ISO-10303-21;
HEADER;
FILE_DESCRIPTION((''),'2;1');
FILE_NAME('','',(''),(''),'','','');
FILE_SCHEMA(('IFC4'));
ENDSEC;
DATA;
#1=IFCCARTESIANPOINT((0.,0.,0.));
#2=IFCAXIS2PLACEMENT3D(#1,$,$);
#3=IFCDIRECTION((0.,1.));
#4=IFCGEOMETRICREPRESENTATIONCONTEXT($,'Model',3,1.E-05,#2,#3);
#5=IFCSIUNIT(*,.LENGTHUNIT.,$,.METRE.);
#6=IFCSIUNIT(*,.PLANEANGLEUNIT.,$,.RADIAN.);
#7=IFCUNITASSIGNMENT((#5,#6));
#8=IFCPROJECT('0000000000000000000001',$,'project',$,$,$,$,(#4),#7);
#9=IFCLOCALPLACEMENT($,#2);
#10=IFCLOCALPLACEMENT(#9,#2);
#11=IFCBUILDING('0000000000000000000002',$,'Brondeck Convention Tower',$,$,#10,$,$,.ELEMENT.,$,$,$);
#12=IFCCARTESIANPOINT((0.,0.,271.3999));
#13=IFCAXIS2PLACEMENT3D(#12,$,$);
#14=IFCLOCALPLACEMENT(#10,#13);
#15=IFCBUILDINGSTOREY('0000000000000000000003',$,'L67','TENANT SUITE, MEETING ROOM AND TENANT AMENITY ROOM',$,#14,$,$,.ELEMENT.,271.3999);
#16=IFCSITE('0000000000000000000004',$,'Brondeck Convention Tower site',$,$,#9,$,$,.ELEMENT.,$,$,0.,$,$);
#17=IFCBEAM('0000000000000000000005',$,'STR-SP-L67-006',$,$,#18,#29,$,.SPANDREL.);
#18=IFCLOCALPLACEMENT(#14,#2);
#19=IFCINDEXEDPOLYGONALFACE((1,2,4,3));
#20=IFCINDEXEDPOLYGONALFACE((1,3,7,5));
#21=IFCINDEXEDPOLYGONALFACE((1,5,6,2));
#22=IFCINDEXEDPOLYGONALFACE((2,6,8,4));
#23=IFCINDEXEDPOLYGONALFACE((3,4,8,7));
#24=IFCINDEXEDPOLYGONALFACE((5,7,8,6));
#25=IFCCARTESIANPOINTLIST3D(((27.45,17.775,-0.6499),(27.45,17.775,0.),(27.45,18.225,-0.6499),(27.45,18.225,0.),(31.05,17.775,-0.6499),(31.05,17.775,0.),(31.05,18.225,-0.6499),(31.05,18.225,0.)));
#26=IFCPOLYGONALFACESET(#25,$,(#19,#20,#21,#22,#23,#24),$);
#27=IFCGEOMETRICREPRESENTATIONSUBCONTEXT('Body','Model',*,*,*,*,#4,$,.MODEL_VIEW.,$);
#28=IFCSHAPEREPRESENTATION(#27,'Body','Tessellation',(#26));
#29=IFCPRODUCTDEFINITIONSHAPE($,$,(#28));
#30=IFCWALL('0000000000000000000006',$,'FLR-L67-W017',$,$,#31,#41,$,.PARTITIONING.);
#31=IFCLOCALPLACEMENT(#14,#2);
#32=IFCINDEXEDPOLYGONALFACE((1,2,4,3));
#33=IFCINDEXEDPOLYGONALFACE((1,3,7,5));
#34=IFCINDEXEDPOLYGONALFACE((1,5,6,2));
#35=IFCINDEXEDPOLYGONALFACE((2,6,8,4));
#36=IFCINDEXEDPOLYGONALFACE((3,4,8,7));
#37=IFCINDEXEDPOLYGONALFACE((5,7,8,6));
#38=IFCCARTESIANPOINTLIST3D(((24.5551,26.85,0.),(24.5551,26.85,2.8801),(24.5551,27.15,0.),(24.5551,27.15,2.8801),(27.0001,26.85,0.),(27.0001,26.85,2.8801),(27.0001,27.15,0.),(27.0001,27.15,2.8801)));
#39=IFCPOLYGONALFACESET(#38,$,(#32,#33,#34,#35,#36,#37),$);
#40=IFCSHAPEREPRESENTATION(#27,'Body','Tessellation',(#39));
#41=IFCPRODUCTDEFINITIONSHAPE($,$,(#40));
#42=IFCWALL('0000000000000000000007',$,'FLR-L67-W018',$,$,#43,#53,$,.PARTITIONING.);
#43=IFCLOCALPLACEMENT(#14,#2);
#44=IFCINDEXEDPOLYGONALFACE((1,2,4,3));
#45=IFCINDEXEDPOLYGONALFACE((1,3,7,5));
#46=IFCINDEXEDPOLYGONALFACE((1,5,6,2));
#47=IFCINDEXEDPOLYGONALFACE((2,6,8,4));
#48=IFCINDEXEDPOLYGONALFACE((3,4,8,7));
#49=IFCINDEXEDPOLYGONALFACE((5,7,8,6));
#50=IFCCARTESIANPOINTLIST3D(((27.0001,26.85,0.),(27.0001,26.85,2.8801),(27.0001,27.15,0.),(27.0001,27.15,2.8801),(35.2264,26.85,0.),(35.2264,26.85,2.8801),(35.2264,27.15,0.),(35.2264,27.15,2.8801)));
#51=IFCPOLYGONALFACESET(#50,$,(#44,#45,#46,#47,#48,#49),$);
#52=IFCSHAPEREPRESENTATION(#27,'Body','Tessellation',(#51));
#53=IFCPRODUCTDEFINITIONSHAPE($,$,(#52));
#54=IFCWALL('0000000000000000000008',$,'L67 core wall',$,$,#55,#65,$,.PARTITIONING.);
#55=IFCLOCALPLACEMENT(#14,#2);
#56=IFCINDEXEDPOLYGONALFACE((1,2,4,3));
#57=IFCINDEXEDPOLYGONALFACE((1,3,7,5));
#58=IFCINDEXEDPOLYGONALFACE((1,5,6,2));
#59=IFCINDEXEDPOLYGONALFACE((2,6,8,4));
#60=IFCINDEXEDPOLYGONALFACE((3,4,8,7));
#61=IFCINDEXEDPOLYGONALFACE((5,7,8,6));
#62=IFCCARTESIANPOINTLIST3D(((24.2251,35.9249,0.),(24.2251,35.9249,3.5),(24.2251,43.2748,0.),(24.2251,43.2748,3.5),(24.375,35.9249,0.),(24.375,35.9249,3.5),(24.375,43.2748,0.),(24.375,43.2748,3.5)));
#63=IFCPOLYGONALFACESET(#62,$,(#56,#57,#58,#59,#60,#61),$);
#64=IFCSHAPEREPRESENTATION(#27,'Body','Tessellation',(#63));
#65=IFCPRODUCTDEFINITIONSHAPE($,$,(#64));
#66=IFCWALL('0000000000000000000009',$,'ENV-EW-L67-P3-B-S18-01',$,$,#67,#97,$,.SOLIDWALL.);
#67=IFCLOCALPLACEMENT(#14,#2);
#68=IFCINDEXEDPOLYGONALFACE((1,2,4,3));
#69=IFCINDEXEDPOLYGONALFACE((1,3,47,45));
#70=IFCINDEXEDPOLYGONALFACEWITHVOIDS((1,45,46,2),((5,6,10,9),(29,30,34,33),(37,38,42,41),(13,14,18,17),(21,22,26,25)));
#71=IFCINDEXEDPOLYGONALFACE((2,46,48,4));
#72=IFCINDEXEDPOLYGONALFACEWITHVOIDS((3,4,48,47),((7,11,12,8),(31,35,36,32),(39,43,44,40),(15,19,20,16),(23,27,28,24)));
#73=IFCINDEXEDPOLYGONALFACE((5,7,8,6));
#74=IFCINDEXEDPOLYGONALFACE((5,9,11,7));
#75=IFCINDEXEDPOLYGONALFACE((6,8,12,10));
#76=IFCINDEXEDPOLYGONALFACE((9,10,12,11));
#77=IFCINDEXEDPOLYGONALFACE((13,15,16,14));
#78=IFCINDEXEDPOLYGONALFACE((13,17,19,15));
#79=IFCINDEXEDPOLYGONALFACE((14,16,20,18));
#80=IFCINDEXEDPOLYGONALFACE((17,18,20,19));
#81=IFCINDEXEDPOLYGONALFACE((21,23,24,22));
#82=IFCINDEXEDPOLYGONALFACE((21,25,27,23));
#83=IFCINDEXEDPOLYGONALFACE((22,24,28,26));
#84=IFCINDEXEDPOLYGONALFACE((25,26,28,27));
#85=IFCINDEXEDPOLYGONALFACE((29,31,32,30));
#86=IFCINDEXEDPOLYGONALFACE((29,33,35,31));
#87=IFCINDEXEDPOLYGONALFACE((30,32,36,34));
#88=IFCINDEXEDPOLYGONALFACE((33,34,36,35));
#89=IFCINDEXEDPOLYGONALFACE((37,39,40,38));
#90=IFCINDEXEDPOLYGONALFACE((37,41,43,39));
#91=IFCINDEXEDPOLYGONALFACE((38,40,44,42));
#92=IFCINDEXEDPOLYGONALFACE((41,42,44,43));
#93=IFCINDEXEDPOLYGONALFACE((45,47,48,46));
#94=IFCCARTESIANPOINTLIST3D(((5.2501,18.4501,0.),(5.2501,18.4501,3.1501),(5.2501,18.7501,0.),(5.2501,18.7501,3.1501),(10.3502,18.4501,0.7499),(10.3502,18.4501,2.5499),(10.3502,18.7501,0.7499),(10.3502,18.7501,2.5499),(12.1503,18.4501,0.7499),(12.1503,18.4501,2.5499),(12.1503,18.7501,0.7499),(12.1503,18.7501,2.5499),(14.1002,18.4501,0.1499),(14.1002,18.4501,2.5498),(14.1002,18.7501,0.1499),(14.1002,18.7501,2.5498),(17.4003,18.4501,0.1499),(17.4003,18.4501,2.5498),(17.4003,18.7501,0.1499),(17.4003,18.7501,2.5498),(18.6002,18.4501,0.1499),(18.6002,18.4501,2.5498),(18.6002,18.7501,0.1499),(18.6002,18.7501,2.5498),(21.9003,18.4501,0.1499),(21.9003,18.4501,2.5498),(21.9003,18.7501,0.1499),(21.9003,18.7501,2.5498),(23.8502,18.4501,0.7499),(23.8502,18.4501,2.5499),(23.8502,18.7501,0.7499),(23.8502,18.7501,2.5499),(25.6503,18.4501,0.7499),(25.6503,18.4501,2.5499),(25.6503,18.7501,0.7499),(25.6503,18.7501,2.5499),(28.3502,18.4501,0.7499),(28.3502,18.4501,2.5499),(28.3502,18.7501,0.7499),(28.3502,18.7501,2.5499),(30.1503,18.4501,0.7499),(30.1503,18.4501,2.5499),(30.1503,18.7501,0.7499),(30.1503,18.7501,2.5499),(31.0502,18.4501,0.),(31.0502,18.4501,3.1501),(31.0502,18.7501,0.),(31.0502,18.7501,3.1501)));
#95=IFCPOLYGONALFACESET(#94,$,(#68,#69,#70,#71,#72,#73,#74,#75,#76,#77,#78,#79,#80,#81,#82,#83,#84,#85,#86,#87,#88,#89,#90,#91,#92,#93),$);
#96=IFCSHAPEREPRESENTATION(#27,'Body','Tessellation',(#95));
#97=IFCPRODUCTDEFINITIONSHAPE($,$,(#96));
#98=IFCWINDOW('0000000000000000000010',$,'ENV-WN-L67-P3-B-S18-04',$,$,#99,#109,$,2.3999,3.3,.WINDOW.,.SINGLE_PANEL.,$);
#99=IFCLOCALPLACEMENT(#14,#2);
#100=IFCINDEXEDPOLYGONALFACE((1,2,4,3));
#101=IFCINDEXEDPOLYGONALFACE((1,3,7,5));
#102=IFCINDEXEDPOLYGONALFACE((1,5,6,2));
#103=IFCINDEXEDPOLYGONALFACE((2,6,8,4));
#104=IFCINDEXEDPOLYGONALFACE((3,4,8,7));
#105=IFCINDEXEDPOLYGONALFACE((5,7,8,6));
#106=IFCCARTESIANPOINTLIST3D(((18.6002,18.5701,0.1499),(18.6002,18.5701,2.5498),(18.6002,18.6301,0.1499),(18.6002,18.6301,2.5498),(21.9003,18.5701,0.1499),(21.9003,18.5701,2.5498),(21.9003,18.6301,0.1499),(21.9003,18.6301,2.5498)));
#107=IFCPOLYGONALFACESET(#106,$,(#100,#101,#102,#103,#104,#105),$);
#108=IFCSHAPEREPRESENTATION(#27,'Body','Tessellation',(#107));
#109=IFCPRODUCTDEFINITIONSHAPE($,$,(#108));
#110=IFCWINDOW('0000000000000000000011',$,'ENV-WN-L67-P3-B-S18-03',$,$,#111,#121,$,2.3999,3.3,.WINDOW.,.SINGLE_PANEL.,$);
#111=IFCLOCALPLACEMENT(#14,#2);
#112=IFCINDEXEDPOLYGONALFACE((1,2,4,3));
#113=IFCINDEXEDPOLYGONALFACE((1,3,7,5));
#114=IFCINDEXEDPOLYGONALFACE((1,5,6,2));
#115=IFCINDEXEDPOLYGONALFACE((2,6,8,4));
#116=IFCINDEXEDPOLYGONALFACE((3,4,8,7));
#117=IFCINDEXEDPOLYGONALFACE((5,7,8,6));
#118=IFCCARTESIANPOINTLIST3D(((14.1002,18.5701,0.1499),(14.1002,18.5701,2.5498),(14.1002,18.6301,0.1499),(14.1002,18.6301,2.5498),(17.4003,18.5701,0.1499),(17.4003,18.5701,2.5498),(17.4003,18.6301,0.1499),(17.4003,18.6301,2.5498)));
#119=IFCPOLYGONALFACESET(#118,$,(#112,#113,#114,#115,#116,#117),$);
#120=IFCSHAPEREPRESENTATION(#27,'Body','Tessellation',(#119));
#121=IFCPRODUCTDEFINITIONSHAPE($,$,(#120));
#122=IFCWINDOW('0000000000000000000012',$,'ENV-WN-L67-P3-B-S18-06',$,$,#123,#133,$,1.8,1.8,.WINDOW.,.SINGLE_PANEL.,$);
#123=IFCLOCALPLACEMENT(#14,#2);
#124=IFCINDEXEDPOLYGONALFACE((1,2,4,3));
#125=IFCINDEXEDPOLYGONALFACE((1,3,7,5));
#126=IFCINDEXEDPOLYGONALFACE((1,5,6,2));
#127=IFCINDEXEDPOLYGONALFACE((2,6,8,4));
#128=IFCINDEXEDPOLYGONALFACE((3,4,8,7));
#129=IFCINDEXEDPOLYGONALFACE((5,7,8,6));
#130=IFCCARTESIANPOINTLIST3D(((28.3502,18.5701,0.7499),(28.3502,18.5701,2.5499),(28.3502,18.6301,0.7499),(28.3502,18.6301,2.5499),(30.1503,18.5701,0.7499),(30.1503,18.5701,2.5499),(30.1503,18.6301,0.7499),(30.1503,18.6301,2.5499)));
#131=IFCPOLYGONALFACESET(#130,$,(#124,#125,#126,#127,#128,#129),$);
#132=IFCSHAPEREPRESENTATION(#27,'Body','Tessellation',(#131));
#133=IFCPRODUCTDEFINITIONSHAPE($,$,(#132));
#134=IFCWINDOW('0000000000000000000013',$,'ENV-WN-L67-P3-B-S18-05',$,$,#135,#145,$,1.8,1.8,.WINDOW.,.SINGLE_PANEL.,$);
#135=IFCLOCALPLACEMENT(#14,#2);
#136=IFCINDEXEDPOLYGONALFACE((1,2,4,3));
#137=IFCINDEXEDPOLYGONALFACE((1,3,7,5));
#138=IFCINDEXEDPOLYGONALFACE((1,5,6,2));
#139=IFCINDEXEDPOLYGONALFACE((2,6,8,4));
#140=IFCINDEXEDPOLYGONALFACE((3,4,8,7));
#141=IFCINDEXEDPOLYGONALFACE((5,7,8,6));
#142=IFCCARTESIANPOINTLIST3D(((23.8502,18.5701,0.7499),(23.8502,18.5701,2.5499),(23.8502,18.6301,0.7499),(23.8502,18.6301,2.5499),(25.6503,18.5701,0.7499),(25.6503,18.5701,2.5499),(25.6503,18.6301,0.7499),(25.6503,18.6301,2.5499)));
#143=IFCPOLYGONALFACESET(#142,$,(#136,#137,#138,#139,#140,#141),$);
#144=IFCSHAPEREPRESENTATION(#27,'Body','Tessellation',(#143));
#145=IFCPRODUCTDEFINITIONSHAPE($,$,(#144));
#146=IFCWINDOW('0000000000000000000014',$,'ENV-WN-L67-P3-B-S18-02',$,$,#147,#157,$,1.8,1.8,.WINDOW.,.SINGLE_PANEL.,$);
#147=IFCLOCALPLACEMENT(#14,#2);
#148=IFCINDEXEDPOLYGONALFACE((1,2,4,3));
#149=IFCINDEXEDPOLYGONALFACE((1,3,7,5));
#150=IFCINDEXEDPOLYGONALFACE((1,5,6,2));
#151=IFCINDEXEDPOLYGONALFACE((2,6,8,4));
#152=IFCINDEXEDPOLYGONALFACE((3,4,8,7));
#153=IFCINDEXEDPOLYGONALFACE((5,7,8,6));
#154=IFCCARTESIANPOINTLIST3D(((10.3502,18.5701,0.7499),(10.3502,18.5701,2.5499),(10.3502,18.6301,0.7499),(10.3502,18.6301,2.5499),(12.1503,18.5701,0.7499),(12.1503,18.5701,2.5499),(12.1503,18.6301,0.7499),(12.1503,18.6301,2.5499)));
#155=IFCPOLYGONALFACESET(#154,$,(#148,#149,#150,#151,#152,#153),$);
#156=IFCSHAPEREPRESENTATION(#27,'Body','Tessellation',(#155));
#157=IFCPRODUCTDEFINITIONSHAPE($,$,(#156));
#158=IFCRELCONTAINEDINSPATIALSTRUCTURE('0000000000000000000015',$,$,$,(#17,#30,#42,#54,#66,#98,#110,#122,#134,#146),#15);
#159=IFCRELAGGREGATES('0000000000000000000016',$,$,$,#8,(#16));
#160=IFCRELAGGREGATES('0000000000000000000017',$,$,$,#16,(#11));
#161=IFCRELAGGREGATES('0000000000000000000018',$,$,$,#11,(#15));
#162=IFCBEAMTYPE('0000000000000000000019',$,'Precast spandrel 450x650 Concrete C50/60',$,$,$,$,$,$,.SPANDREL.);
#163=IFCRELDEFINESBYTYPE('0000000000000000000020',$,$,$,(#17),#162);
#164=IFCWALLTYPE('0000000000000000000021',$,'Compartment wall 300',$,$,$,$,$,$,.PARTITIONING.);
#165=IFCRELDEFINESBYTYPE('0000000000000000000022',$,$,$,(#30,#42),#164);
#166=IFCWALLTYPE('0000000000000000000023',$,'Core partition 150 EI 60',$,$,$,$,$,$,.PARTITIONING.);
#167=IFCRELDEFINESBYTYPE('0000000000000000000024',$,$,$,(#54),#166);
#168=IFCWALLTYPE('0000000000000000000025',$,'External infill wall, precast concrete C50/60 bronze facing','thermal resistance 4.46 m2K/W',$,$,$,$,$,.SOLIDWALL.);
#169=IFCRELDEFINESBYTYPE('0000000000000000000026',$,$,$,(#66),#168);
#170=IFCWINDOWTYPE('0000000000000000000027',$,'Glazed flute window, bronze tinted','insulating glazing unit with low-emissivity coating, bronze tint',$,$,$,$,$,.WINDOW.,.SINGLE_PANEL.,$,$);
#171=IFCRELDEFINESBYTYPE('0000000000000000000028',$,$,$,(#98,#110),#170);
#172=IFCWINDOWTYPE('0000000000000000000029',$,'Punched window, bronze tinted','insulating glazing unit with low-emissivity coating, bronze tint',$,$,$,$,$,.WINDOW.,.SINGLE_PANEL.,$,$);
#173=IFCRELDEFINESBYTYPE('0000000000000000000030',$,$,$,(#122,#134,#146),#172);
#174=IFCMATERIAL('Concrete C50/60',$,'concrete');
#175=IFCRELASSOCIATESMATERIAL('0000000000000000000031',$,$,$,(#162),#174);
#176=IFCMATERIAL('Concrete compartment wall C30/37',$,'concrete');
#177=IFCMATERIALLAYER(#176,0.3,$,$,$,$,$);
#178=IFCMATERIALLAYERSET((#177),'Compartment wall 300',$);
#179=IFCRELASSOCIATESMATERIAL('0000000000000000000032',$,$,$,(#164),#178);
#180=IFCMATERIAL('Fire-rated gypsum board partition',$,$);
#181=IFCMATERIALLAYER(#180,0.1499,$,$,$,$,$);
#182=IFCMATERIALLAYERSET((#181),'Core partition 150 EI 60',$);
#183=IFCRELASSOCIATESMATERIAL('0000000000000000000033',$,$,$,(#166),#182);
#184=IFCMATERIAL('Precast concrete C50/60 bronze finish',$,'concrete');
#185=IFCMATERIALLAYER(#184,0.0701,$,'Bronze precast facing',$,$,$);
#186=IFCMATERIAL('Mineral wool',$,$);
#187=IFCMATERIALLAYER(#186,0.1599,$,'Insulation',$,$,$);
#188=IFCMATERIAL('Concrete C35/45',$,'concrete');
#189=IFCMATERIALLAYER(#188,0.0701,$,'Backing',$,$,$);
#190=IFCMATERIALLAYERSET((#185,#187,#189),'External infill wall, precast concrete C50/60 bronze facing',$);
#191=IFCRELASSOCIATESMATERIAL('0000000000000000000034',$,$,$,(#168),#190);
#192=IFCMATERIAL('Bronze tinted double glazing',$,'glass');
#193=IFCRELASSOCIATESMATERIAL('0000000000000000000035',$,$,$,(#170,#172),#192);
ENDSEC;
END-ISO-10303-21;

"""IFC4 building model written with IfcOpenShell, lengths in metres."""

from ifc_helpers import new_model, si_unit, direction, frame, frame_2d, origin, origin_2d, place, context, subcontext, project, spatial, rectangle, extrude, material, layer, layer_set, material_profile, profile_set, type_object, element, fill, save


model = new_model("IFC4")

# Units and contexts
model_context = context("Model", 3, precision=1e-05, world=origin(), true_north=direction((0.0, 1.0)))
body_context = subcontext(model_context, "Body", "Model", "MODEL_VIEW")
ifc_project = project(units=[si_unit("LENGTHUNIT", "METRE"), si_unit("PLANEANGLEUNIT", "RADIAN")], contexts=[model_context])

# Site, building, storey
site_placement = place(None, origin())
site = spatial("IfcSite", under=ifc_project, at=site_placement, Name="Brondeck Convention Tower site", CompositionType="ELEMENT", RefElevation=0.0)
building_placement = place(site_placement, origin())
building = spatial("IfcBuilding", under=site, at=building_placement, Name="Brondeck Convention Tower", CompositionType="ELEMENT")
storey_placement = place(building_placement, frame((0.0, 0.0, 271.3999)))
storey = spatial("IfcBuildingStorey", under=building, at=storey_placement, Name="L67", Description="TENANT SUITE, MEETING ROOM AND TENANT AMENITY ROOM", CompositionType="ELEMENT", Elevation=271.3999)

# Shared definitions
ifc_material_1 = material(Name="Concrete C50/60", Category="concrete")

# Beam
ifc_material_profile_1 = material_profile(ifc_material_1, rectangle(XDim=0.45, YDim=0.6499, at=origin_2d()), Name="Precast spandrel 450x650 Concrete C50/60")
ifc_profile_set_1 = profile_set([ifc_material_profile_1], Name="Concrete C50/60")
beam_type_1 = type_object("IfcBeamType", Name="Precast spandrel 450x650 Concrete C50/60", PredefinedType="SPANDREL", material=ifc_profile_set_1)
for number, where, z_axis, x_axis, name in (
    (1, (27.45, 18.0, -0.325), (1.0, 0.0, 0.0), (0.0, 1.0, 0.0), "STR-SP-L67-006"),
):
    element("IfcBeam", number, at=place(storey_placement, frame(where, z_axis=z_axis, x_axis=x_axis)), inside=storey, type_object=beam_type_1, Name=name, PredefinedType="SPANDREL", context=body_context, shape_type="SweptSolid", body=[
        extrude(rectangle(XDim=0.45, YDim=0.6499, at=origin_2d()), origin(), (0.0, 0.0, 1.0), 3.6001),
    ])

# Walls
ifc_material_2 = material(Name="Concrete compartment wall C30/37", Category="concrete")
ifc_layer_1 = layer(ifc_material_2, 0.3)
ifc_layer_set_1 = layer_set([ifc_layer_1], Name="Compartment wall 300")
wall_type_1 = type_object("IfcWallType", Name="Compartment wall 300", PredefinedType="PARTITIONING", material=ifc_layer_set_1)
wall_1_placement = place(storey_placement, frame((24.5549, 27.0, 0.0), z_axis=(0.0, 0.0, 1.0), x_axis=(1.0, 0.0, 0.0)))
element("IfcWall", 2, at=wall_1_placement, inside=storey, type_object=wall_type_1, Name="FLR-L67-W017", PredefinedType="PARTITIONING", context=body_context, shape_type="SweptSolid", body=[
    extrude(rectangle(XDim=2.4451, YDim=0.3, at=frame_2d((1.2227, 0.0))), origin(), (0.0, 0.0, 1.0), 2.8801),
])
wall_2_placement = place(storey_placement, frame((27.0, 27.0, 0.0), z_axis=(0.0, 0.0, 1.0), x_axis=(1.0, 0.0, 0.0)))
element("IfcWall", 3, at=wall_2_placement, inside=storey, type_object=wall_type_1, Name="FLR-L67-W018", PredefinedType="PARTITIONING", context=body_context, shape_type="SweptSolid", body=[
    extrude(rectangle(XDim=8.2263, YDim=0.3, at=frame_2d((4.1133, 0.0))), origin(), (0.0, 0.0, 1.0), 2.8801),
])
ifc_material_3 = material(Name="Fire-rated gypsum board partition")
ifc_layer_2 = layer(ifc_material_3, 0.1499)
ifc_layer_set_2 = layer_set([ifc_layer_2], Name="Core partition 150 EI 60")
wall_type_2 = type_object("IfcWallType", Name="Core partition 150 EI 60", PredefinedType="PARTITIONING", material=ifc_layer_set_2)
wall_3_placement = place(storey_placement, frame((24.3, 35.925, 0.0), z_axis=(0.0, 0.0, 1.0), x_axis=(0.0, 1.0, 0.0)))
element("IfcWall", 4, at=wall_3_placement, inside=storey, type_object=wall_type_2, Name="L67 core wall", PredefinedType="PARTITIONING", context=body_context, shape_type="SweptSolid", body=[
    extrude(rectangle(XDim=7.3499, YDim=0.1499, at=frame_2d((3.6748, 0.0))), origin(), (0.0, 0.0, 1.0), 3.5),
])

# Wall, openings, windows
ifc_material_4 = material(Name="Precast concrete C50/60 bronze finish", Category="concrete")
ifc_layer_3 = layer(ifc_material_4, 0.0701, Name="Bronze precast facing")
ifc_material_5 = material(Name="Mineral wool")
ifc_layer_4 = layer(ifc_material_5, 0.1599, Name="Insulation")
ifc_material_6 = material(Name="Concrete C35/45", Category="concrete")
ifc_layer_5 = layer(ifc_material_6, 0.0701, Name="Backing")
ifc_layer_set_3 = layer_set([ifc_layer_3, ifc_layer_4, ifc_layer_5], Name="External infill wall, precast concrete C50/60 bronze facing")
wall_type_3 = type_object("IfcWallType", Name="External infill wall, precast concrete C50/60 bronze facing", Description="thermal resistance 4.46 m2K/W", PredefinedType="SOLIDWALL", material=ifc_layer_set_3)
wall_4_placement = place(storey_placement, frame((31.05, 18.6001, 0.0), z_axis=(0.0, 0.0, 1.0), x_axis=(-1.0, 0.0, 0.0)))
wall_4 = element("IfcWall", 5, at=wall_4_placement, inside=storey, type_object=wall_type_3, Name="ENV-EW-L67-P3-B-S18-01", PredefinedType="SOLIDWALL", context=body_context, shape_type="SweptSolid", body=[
    extrude(rectangle(XDim=25.8, YDim=0.3, at=frame_2d((12.8999, 0.0))), origin(), (0.0, 0.0, 1.0), 3.1501),
])
opening_1_placement = place(wall_4_placement, frame((0.8999, 0.0, 0.75)))
opening_1 = element("IfcOpeningElement", 6, at=opening_1_placement, cuts=wall_4, PredefinedType="OPENING", context=body_context, shape_type="SweptSolid", body=[
    extrude(rectangle(XDim=1.8, YDim=1.8, at=frame_2d((0.8999, 0.8999))), frame((0.0, 0.1599, 0.0), z_axis=(0.0, -1.0, 0.0), x_axis=(1.0, 0.0, 0.0)), (0.0, 0.0, 1.0), 0.3201),
])
opening_2_placement = place(wall_4_placement, frame((5.3999, 0.0, 0.75)))
opening_2 = element("IfcOpeningElement", 7, at=opening_2_placement, cuts=wall_4, PredefinedType="OPENING", context=body_context, shape_type="SweptSolid", body=[
    extrude(rectangle(XDim=1.8, YDim=1.8, at=frame_2d((0.8999, 0.8999))), frame((0.0, 0.1599, 0.0), z_axis=(0.0, -1.0, 0.0), x_axis=(1.0, 0.0, 0.0)), (0.0, 0.0, 1.0), 0.3201),
])
opening_3_placement = place(wall_4_placement, frame((9.1499, 0.0, 0.1499)))
opening_3 = element("IfcOpeningElement", 8, at=opening_3_placement, cuts=wall_4, PredefinedType="OPENING", context=body_context, shape_type="SweptSolid", body=[
    extrude(rectangle(XDim=3.3, YDim=2.3999, at=frame_2d((1.6499, 1.2))), frame((0.0, 0.1599, 0.0), z_axis=(0.0, -1.0, 0.0), x_axis=(1.0, 0.0, 0.0)), (0.0, 0.0, 1.0), 0.3201),
])
opening_4_placement = place(wall_4_placement, frame((13.6499, 0.0, 0.1499)))
opening_4 = element("IfcOpeningElement", 9, at=opening_4_placement, cuts=wall_4, PredefinedType="OPENING", context=body_context, shape_type="SweptSolid", body=[
    extrude(rectangle(XDim=3.3, YDim=2.3999, at=frame_2d((1.6499, 1.2))), frame((0.0, 0.1599, 0.0), z_axis=(0.0, -1.0, 0.0), x_axis=(1.0, 0.0, 0.0)), (0.0, 0.0, 1.0), 0.3201),
])
opening_5_placement = place(wall_4_placement, frame((18.8999, 0.0, 0.75)))
opening_5 = element("IfcOpeningElement", 10, at=opening_5_placement, cuts=wall_4, PredefinedType="OPENING", context=body_context, shape_type="SweptSolid", body=[
    extrude(rectangle(XDim=1.8, YDim=1.8, at=frame_2d((0.8999, 0.8999))), frame((0.0, 0.1599, 0.0), z_axis=(0.0, -1.0, 0.0), x_axis=(1.0, 0.0, 0.0)), (0.0, 0.0, 1.0), 0.3201),
])
ifc_material_7 = material(Name="Bronze tinted double glazing", Category="glass")
window_type_1 = type_object("IfcWindowType", Name="Glazed flute window, bronze tinted", Description="insulating glazing unit with low-emissivity coating, bronze tint", PartitioningType="SINGLE_PANEL", PredefinedType="WINDOW", material=ifc_material_7)
window_1_placement = place(opening_3_placement, origin())
window_1 = element("IfcWindow", 11, at=window_1_placement, inside=storey, type_object=window_type_1, Name="ENV-WN-L67-P3-B-S18-04", OverallHeight=2.3999, OverallWidth=3.3, PartitioningType="SINGLE_PANEL", PredefinedType="WINDOW", context=body_context, shape_type="SweptSolid", body=[
    extrude(rectangle(XDim=3.3, YDim=2.3999, at=frame_2d((1.6499, 1.2))), frame((0.0, 0.03, 0.0), z_axis=(0.0, -1.0, 0.0), x_axis=(1.0, 0.0, 0.0)), (0.0, 0.0, 1.0), 0.0601),
])
fill(opening_3, window_1)
window_2_placement = place(opening_4_placement, origin())
window_2 = element("IfcWindow", 12, at=window_2_placement, inside=storey, type_object=window_type_1, Name="ENV-WN-L67-P3-B-S18-03", OverallHeight=2.3999, OverallWidth=3.3, PartitioningType="SINGLE_PANEL", PredefinedType="WINDOW", context=body_context, shape_type="SweptSolid", body=[
    extrude(rectangle(XDim=3.3, YDim=2.3999, at=frame_2d((1.6499, 1.2))), frame((0.0, 0.03, 0.0), z_axis=(0.0, -1.0, 0.0), x_axis=(1.0, 0.0, 0.0)), (0.0, 0.0, 1.0), 0.0601),
])
fill(opening_4, window_2)
window_type_2 = type_object("IfcWindowType", Name="Punched window, bronze tinted", Description="insulating glazing unit with low-emissivity coating, bronze tint", PartitioningType="SINGLE_PANEL", PredefinedType="WINDOW", material=ifc_material_7)
window_3_placement = place(opening_1_placement, origin())
window_3 = element("IfcWindow", 13, at=window_3_placement, inside=storey, type_object=window_type_2, Name="ENV-WN-L67-P3-B-S18-06", OverallHeight=1.8, OverallWidth=1.8, PartitioningType="SINGLE_PANEL", PredefinedType="WINDOW", context=body_context, shape_type="SweptSolid", body=[
    extrude(rectangle(XDim=1.8, YDim=1.8, at=frame_2d((0.8999, 0.8999))), frame((0.0, 0.03, 0.0), z_axis=(0.0, -1.0, 0.0), x_axis=(1.0, 0.0, 0.0)), (0.0, 0.0, 1.0), 0.0601),
])
fill(opening_1, window_3)
window_4_placement = place(opening_2_placement, origin())
window_4 = element("IfcWindow", 14, at=window_4_placement, inside=storey, type_object=window_type_2, Name="ENV-WN-L67-P3-B-S18-05", OverallHeight=1.8, OverallWidth=1.8, PartitioningType="SINGLE_PANEL", PredefinedType="WINDOW", context=body_context, shape_type="SweptSolid", body=[
    extrude(rectangle(XDim=1.8, YDim=1.8, at=frame_2d((0.8999, 0.8999))), frame((0.0, 0.03, 0.0), z_axis=(0.0, -1.0, 0.0), x_axis=(1.0, 0.0, 0.0)), (0.0, 0.0, 1.0), 0.0601),
])
fill(opening_2, window_4)
window_5_placement = place(opening_5_placement, origin())
window_5 = element("IfcWindow", 15, at=window_5_placement, inside=storey, type_object=window_type_2, Name="ENV-WN-L67-P3-B-S18-02", OverallHeight=1.8, OverallWidth=1.8, PartitioningType="SINGLE_PANEL", PredefinedType="WINDOW", context=body_context, shape_type="SweptSolid", body=[
    extrude(rectangle(XDim=1.8, YDim=1.8, at=frame_2d((0.8999, 0.8999))), frame((0.0, 0.03, 0.0), z_axis=(0.0, -1.0, 0.0), x_axis=(1.0, 0.0, 0.0)), (0.0, 0.0, 1.0), 0.0601),
])
fill(opening_5, window_5)

save(model, "model.ifc")
